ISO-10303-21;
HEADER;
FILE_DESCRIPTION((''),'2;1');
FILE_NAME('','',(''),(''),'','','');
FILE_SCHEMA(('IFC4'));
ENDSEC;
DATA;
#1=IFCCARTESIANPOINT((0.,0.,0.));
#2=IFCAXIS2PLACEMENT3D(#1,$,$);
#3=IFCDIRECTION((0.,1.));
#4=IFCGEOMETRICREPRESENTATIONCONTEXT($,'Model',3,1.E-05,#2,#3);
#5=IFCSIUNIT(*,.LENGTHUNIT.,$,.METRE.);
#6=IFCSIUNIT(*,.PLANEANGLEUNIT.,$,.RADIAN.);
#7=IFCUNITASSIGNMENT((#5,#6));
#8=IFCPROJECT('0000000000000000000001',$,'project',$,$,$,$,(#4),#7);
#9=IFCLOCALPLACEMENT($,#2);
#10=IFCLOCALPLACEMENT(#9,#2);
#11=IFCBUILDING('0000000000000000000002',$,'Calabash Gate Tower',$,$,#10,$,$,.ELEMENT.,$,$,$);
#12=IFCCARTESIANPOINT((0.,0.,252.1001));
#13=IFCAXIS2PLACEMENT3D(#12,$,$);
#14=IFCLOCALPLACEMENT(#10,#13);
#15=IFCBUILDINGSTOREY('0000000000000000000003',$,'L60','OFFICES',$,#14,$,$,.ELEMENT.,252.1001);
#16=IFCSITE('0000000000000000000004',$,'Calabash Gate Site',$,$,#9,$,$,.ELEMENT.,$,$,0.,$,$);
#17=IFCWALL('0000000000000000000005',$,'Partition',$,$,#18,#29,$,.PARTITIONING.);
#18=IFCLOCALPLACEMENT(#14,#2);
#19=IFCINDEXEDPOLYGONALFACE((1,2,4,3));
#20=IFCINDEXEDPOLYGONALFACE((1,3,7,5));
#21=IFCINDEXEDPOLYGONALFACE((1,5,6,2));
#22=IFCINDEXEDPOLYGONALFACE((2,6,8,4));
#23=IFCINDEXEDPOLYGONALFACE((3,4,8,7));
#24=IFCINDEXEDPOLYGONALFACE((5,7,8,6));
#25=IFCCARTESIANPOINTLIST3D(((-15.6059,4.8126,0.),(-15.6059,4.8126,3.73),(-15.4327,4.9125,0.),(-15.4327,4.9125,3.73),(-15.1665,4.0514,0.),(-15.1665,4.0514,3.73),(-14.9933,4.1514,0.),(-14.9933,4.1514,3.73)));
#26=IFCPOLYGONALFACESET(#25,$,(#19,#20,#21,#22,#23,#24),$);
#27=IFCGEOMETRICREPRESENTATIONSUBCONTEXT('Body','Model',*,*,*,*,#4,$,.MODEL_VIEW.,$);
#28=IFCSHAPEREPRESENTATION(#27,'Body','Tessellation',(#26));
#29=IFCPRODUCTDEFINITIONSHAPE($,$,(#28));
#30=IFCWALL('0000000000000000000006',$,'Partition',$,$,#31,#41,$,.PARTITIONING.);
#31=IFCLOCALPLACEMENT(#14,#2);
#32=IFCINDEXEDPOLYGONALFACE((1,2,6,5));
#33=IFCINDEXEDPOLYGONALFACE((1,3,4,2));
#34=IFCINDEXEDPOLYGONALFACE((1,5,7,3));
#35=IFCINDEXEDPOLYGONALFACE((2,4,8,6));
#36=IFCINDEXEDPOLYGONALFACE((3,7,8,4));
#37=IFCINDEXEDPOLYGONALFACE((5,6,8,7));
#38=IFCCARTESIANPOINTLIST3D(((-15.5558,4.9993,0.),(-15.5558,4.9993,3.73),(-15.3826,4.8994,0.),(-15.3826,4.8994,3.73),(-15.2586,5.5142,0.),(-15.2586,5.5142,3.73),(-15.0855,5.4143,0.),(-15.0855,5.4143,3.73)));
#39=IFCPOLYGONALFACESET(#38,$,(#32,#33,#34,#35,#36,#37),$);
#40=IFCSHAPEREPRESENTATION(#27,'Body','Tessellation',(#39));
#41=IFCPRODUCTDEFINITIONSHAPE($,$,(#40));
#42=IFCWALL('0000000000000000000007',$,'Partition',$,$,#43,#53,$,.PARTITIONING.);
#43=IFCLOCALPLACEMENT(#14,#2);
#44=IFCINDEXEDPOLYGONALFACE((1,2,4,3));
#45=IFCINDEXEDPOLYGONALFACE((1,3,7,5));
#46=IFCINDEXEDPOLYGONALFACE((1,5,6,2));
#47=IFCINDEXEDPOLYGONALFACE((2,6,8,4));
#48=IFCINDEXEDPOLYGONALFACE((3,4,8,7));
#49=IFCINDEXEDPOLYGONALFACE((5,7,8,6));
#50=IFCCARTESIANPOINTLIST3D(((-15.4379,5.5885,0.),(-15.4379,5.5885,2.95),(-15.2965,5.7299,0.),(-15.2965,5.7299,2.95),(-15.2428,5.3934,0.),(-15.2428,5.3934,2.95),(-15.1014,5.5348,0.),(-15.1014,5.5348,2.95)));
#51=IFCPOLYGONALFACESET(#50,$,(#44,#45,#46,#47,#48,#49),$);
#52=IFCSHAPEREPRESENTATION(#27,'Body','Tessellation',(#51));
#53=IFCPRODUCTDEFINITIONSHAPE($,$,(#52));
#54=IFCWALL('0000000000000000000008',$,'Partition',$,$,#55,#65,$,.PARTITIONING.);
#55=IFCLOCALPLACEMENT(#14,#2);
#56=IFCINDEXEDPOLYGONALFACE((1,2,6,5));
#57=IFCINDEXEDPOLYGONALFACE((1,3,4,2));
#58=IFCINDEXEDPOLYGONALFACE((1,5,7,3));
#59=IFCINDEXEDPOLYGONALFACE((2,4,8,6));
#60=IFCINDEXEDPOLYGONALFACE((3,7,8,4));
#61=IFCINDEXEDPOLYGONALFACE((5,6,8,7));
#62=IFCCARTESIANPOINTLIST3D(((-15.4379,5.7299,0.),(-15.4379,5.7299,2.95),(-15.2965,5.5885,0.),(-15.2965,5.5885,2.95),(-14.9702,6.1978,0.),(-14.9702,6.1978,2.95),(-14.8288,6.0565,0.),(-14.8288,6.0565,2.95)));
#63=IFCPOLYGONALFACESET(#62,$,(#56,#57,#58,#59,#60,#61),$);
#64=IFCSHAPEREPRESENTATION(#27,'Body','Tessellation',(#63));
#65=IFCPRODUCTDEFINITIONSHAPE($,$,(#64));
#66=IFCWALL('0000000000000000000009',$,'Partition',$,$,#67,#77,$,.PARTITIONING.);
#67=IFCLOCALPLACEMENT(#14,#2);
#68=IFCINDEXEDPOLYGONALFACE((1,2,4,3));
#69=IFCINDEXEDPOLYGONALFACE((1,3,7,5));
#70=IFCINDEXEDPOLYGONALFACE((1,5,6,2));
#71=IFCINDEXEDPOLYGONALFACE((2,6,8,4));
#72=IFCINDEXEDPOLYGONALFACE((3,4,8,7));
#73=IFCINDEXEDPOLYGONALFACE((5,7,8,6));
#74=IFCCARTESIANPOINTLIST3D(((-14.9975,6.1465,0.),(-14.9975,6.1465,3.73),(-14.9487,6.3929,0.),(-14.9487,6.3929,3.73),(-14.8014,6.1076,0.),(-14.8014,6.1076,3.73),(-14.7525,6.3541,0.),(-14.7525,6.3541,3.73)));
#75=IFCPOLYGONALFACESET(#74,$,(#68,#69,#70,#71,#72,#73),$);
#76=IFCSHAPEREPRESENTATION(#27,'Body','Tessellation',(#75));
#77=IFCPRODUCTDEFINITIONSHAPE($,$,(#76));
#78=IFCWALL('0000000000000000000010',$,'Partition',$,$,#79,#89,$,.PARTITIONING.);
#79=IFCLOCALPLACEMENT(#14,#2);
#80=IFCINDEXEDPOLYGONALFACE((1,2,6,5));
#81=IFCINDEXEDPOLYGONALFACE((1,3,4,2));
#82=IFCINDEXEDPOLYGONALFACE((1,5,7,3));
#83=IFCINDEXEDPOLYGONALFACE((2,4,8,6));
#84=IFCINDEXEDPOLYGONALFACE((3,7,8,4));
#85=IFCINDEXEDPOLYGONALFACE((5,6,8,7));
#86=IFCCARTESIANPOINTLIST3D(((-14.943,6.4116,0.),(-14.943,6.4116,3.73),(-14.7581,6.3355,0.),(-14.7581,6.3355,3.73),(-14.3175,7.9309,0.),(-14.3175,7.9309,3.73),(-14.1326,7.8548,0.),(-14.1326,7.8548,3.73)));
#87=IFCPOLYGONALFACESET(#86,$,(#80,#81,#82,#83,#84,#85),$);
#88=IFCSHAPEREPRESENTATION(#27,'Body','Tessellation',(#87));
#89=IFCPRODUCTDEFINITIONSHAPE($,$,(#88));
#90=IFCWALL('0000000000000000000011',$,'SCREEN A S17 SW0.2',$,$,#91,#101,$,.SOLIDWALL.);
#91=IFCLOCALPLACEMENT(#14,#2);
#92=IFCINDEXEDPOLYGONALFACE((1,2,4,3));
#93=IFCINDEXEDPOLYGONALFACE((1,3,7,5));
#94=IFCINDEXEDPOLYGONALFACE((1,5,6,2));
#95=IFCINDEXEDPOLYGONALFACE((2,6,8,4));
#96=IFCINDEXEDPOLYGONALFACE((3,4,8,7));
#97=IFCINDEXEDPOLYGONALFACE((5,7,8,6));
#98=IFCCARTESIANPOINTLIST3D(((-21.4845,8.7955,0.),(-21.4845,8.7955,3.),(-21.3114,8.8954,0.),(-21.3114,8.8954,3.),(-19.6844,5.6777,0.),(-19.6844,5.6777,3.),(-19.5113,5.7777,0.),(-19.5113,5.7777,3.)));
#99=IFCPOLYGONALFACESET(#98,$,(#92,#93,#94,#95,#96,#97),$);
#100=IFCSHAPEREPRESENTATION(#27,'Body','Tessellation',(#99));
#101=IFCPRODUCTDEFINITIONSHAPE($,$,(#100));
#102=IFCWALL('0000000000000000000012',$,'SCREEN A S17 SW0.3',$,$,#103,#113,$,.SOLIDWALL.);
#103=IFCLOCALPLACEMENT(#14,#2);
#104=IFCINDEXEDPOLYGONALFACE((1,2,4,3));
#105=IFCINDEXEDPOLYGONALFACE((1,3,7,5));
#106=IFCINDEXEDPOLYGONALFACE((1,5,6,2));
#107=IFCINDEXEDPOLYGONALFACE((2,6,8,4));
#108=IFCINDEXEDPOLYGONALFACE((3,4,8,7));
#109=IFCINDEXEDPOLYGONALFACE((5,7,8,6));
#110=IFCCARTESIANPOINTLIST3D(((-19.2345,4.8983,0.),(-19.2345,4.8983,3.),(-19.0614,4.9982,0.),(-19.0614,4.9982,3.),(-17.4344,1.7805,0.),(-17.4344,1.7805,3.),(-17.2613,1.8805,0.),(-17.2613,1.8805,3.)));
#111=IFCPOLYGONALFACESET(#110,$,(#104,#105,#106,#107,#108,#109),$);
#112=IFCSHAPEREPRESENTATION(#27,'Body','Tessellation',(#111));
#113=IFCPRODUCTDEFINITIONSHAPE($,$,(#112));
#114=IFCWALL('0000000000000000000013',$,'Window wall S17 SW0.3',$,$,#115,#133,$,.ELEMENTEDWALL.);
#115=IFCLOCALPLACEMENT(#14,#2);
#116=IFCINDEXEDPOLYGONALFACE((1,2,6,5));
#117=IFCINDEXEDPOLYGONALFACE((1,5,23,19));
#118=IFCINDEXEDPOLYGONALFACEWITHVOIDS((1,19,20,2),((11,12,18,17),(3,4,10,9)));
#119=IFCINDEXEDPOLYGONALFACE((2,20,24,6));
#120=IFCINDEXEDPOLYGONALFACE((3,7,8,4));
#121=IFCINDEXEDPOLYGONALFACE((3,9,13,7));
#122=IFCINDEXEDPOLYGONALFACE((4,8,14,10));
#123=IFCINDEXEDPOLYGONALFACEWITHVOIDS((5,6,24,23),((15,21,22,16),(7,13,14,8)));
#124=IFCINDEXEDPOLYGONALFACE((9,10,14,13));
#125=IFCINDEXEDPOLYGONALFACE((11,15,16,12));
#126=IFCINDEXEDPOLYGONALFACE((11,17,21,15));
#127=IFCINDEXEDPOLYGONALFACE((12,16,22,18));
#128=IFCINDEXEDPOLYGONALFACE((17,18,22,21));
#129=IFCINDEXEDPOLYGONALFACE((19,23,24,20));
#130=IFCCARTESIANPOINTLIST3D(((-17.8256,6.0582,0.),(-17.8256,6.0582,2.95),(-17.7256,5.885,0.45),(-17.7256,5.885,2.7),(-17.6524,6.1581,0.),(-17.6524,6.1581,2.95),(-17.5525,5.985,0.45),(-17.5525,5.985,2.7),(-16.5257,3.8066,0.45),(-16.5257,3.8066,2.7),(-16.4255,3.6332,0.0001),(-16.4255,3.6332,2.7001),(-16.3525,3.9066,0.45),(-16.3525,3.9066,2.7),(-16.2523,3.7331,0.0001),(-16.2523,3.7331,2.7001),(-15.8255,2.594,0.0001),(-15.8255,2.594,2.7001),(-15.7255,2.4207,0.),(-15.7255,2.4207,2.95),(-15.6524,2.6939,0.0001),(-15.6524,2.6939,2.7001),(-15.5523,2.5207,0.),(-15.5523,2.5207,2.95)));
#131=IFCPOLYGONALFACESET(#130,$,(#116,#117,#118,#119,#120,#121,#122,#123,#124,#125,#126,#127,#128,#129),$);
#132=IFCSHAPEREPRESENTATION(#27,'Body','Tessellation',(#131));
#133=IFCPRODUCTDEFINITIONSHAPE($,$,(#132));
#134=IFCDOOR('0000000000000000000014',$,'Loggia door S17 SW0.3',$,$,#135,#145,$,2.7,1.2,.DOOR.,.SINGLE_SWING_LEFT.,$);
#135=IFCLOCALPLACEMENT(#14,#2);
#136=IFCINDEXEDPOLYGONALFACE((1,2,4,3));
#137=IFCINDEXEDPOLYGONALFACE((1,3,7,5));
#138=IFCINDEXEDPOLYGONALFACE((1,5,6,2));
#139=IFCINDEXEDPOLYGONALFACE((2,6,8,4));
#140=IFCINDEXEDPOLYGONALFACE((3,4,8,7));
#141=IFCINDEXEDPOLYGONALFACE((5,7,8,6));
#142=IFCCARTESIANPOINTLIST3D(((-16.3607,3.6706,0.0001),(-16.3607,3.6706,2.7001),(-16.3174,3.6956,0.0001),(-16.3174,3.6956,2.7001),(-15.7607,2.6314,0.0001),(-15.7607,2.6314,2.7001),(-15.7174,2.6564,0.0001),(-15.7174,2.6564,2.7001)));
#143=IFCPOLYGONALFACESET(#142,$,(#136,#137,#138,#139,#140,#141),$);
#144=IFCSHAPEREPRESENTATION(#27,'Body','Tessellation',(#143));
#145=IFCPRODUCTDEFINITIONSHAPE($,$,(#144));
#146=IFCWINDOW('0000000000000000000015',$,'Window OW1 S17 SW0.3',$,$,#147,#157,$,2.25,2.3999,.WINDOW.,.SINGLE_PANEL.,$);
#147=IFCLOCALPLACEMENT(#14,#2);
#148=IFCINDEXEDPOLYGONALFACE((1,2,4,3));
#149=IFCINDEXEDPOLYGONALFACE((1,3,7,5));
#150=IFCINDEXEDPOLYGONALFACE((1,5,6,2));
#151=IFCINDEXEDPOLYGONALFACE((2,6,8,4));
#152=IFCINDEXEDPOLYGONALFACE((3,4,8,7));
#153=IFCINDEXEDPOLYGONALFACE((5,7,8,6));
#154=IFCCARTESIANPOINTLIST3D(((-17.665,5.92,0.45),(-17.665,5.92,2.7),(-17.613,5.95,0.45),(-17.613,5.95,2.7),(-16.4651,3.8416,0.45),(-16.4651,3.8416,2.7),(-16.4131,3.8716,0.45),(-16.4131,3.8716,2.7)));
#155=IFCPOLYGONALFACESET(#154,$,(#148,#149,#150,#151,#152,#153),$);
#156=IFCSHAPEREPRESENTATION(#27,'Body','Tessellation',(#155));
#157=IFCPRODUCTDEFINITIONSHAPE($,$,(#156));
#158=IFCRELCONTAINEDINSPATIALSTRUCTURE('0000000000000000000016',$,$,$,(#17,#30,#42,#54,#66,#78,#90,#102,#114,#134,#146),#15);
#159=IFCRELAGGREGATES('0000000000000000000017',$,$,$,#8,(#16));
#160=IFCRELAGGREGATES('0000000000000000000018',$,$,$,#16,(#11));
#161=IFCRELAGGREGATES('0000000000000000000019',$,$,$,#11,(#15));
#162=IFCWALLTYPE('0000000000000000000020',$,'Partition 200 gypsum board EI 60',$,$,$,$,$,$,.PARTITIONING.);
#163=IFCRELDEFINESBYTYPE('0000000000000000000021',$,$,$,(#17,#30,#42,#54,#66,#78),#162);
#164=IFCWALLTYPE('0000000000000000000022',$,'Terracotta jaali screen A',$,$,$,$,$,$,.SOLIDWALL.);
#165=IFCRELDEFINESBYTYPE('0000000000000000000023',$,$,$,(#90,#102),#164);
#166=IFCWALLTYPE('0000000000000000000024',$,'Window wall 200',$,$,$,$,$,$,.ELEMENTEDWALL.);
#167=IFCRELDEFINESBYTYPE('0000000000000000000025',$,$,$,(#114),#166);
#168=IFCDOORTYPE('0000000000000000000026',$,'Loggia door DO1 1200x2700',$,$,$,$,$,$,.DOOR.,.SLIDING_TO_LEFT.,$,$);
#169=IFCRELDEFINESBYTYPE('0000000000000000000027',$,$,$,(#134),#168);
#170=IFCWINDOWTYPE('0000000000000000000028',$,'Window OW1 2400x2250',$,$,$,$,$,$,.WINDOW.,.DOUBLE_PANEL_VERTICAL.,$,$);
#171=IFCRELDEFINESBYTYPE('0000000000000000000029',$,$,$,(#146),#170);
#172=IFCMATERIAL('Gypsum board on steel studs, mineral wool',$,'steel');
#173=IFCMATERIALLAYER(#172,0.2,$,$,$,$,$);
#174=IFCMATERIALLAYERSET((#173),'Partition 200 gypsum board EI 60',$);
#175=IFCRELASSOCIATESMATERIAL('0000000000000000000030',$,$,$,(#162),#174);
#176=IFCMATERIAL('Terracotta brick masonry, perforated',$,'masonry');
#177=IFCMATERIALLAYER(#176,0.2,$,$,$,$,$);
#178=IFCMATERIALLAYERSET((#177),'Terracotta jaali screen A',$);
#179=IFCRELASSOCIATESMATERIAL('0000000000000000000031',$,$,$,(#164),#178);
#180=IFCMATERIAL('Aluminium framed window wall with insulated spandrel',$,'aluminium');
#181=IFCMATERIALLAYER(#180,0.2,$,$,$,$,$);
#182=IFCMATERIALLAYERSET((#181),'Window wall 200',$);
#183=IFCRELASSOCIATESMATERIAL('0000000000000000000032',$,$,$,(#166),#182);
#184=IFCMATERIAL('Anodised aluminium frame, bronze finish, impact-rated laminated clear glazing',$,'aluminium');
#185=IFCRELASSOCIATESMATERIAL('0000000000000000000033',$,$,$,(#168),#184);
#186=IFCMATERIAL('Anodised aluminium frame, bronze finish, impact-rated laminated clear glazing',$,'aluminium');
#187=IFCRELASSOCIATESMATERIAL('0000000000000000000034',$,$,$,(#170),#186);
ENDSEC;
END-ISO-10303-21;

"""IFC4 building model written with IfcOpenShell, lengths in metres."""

from ifc_helpers import new_model, si_unit, direction, frame, frame_2d, origin, place, context, subcontext, project, spatial, rectangle, extrude, material, layer, layer_set, type_object, element, fill, save


model = new_model("IFC4")

# Units and contexts
model_context = context("Model", 3, precision=1e-05, world=origin(), true_north=direction((0.0, 1.0)))
body_context = subcontext(model_context, "Body", "Model", "MODEL_VIEW")
ifc_project = project(units=[si_unit("LENGTHUNIT", "METRE"), si_unit("PLANEANGLEUNIT", "RADIAN")], contexts=[model_context])

# Site, building, storey
site_placement = place(None, origin())
site = spatial("IfcSite", under=ifc_project, at=site_placement, Name="Calabash Gate Site", CompositionType="ELEMENT", RefElevation=0.0)
building_placement = place(site_placement, origin())
building = spatial("IfcBuilding", under=site, at=building_placement, Name="Calabash Gate Tower", CompositionType="ELEMENT")
storey_placement = place(building_placement, frame((0.0, 0.0, 252.1001)))
storey = spatial("IfcBuildingStorey", under=building, at=storey_placement, Name="L60", Description="OFFICES", CompositionType="ELEMENT", Elevation=252.1001)

# Walls
ifc_material_1 = material(Name="Gypsum board on steel studs, mineral wool", Category="steel")
ifc_layer_1 = layer(ifc_material_1, 0.2)
ifc_layer_set_1 = layer_set([ifc_layer_1], Name="Partition 200 gypsum board EI 60")
wall_type_1 = type_object("IfcWallType", Name="Partition 200 gypsum board EI 60", PredefinedType="PARTITIONING", material=ifc_layer_set_1)
wall_1_placement = place(storey_placement, frame((-15.5193, 4.8625, 0.0), z_axis=(0.0, 0.0, 1.0), x_axis=(0.499963, -0.866047, 0.0)))
element("IfcWall", 1, at=wall_1_placement, inside=storey, type_object=wall_type_1, Name="Partition", PredefinedType="PARTITIONING", context=body_context, shape_type="SweptSolid", body=[
    extrude(rectangle(XDim=0.8789, YDim=0.2, at=frame_2d((0.4395, 0.0))), origin(), (0.0, 0.0, 1.0), 3.73),
])
wall_2_placement = place(storey_placement, frame((-15.4692, 4.9492, 0.0), z_axis=(0.0, 0.0, 1.0), x_axis=(0.499805, 0.866138, 0.0)))
element("IfcWall", 2, at=wall_2_placement, inside=storey, type_object=wall_type_1, Name="Partition", PredefinedType="PARTITIONING", context=body_context, shape_type="SweptSolid", body=[
    extrude(rectangle(XDim=0.5945, YDim=0.2, at=frame_2d((0.2974, 0.0))), origin(), (0.0, 0.0, 1.0), 3.73),
])
wall_3_placement = place(storey_placement, frame((-15.3672, 5.6592, 0.0), z_axis=(0.0, 0.0, 1.0), x_axis=(0.707107, -0.707107, 0.0)))
element("IfcWall", 3, at=wall_3_placement, inside=storey, type_object=wall_type_1, Name="Partition", PredefinedType="PARTITIONING", context=body_context, shape_type="SweptSolid", body=[
    extrude(rectangle(XDim=0.2759, YDim=0.2, at=frame_2d((0.1379, 0.0))), origin(), (0.0, 0.0, 1.0), 2.95),
])
wall_4_placement = place(storey_placement, frame((-15.3672, 5.6592, 0.0), z_axis=(0.0, 0.0, 1.0), x_axis=(0.706922, 0.707291, 0.0)))
element("IfcWall", 4, at=wall_4_placement, inside=storey, type_object=wall_type_1, Name="Partition", PredefinedType="PARTITIONING", context=body_context, shape_type="SweptSolid", body=[
    extrude(rectangle(XDim=0.6616, YDim=0.2, at=frame_2d((0.3308, 0.0))), origin(), (0.0, 0.0, 1.0), 2.95),
])
wall_5_placement = place(storey_placement, frame((-14.8994, 6.1272, 0.0), z_axis=(0.0, 0.0, 1.0), x_axis=(0.194433, 0.980916, 0.0)))
element("IfcWall", 5, at=wall_5_placement, inside=storey, type_object=wall_type_1, Name="Partition", PredefinedType="PARTITIONING", context=body_context, shape_type="SweptSolid", body=[
    extrude(rectangle(XDim=0.2512, YDim=0.2, at=frame_2d((0.1255, 0.0))), origin(), (0.0, 0.0, 1.0), 3.73),
])
wall_6_placement = place(storey_placement, frame((-14.8506, 6.3735, 0.0), z_axis=(0.0, 0.0, 1.0), x_axis=(0.380697, 0.9247, 0.0)))
element("IfcWall", 6, at=wall_6_placement, inside=storey, type_object=wall_type_1, Name="Partition", PredefinedType="PARTITIONING", context=body_context, shape_type="SweptSolid", body=[
    extrude(rectangle(XDim=1.6431, YDim=0.2, at=frame_2d((0.8215, 0.0))), origin(), (0.0, 0.0, 1.0), 3.73),
])
ifc_material_2 = material(Name="Terracotta brick masonry, perforated", Category="masonry")
ifc_layer_2 = layer(ifc_material_2, 0.2)
ifc_layer_set_2 = layer_set([ifc_layer_2], Name="Terracotta jaali screen A")
wall_type_2 = type_object("IfcWallType", Name="Terracotta jaali screen A", PredefinedType="SOLIDWALL", material=ifc_layer_set_2)
for number, where, z_axis, x_axis, name in (
    (7, (-21.3979, 8.8455, 0.0), (0.0, 0.0, 1.0), (0.500012, -0.866018, 0.0), "SCREEN A S17 SW0.2"),
    (8, (-19.1479, 4.9482, 0.0), (0.0, 0.0, 1.0), (0.500012, -0.866018, 0.0), "SCREEN A S17 SW0.3"),
):
    element("IfcWall", number, at=place(storey_placement, frame(where, z_axis=z_axis, x_axis=x_axis)), inside=storey, type_object=wall_type_2, Name=name, PredefinedType="SOLIDWALL", context=body_context, shape_type="SweptSolid", body=[
        extrude(rectangle(XDim=3.6001, YDim=0.2, at=frame_2d((1.8, 0.0))), origin(), (0.0, 0.0, 1.0), 3.0),
    ])

# Wall, openings, door, window
ifc_material_3 = material(Name="Aluminium framed window wall with insulated spandrel", Category="aluminium")
ifc_layer_3 = layer(ifc_material_3, 0.2)
ifc_layer_set_3 = layer_set([ifc_layer_3], Name="Window wall 200")
wall_type_3 = type_object("IfcWallType", Name="Window wall 200", PredefinedType="ELEMENTEDWALL", material=ifc_layer_set_3)
wall_7_placement = place(storey_placement, frame((-17.739, 6.1082, 0.0), z_axis=(0.0, 0.0, 1.0), x_axis=(0.500003, -0.866024, 0.0)))
wall_7 = element("IfcWall", 9, at=wall_7_placement, inside=storey, type_object=wall_type_3, Name="Window wall S17 SW0.3", PredefinedType="ELEMENTEDWALL", context=body_context, shape_type="SweptSolid", body=[
    extrude(rectangle(XDim=4.2002, YDim=0.2, at=frame_2d((2.1001, 0.0))), origin(), (0.0, 0.0, 1.0), 2.95),
])
opening_1_placement = place(wall_7_placement, frame((0.2, 0.0, 0.45)))
opening_1 = element("IfcOpeningElement", 10, at=opening_1_placement, cuts=wall_7, PredefinedType="OPENING", context=body_context, shape_type="SweptSolid", body=[
    extrude(rectangle(XDim=2.3999, YDim=2.25, at=frame_2d((1.2, 1.125))), frame((0.0, 0.1099, 0.0), z_axis=(0.0, -1.0, 0.0), x_axis=(1.0, 0.0, 0.0)), (0.0, 0.0, 1.0), 0.22),
])
opening_2_placement = place(wall_7_placement, frame((2.8, 0.0, 0.0)))
opening_2 = element("IfcOpeningElement", 11, at=opening_2_placement, cuts=wall_7, PredefinedType="OPENING", context=body_context, shape_type="SweptSolid", body=[
    extrude(rectangle(XDim=1.2, YDim=2.7, at=frame_2d((0.6001, 1.3501))), frame((0.0, 0.1099, 0.0), z_axis=(0.0, -1.0, 0.0), x_axis=(1.0, 0.0, 0.0)), (0.0, 0.0, 1.0), 0.22),
])
ifc_material_4 = material(Name="Anodised aluminium frame, bronze finish, impact-rated laminated clear glazing", Category="aluminium")
door_type = type_object("IfcDoorType", Name="Loggia door DO1 1200x2700", OperationType="SLIDING_TO_LEFT", PredefinedType="DOOR", material=ifc_material_4)
door_placement = place(opening_2_placement, origin())
door = element("IfcDoor", 12, at=door_placement, inside=storey, type_object=door_type, Name="Loggia door S17 SW0.3", OperationType="SINGLE_SWING_LEFT", OverallHeight=2.7, OverallWidth=1.2, PredefinedType="DOOR", context=body_context, shape_type="SweptSolid", body=[
    extrude(rectangle(XDim=1.2, YDim=2.7, at=frame_2d((0.6001, 1.3501))), frame((0.0, 0.0249, 0.0), z_axis=(0.0, -1.0, 0.0), x_axis=(1.0, 0.0, 0.0)), (0.0, 0.0, 1.0), 0.05),
])
fill(opening_2, door)
ifc_material_5 = material(Name="Anodised aluminium frame, bronze finish, impact-rated laminated clear glazing", Category="aluminium")
window_type = type_object("IfcWindowType", Name="Window OW1 2400x2250", PartitioningType="DOUBLE_PANEL_VERTICAL", PredefinedType="WINDOW", material=ifc_material_5)
window_placement = place(opening_1_placement, origin())
window = element("IfcWindow", 13, at=window_placement, inside=storey, type_object=window_type, Name="Window OW1 S17 SW0.3", OverallHeight=2.25, OverallWidth=2.3999, PartitioningType="SINGLE_PANEL", PredefinedType="WINDOW", context=body_context, shape_type="SweptSolid", body=[
    extrude(rectangle(XDim=2.3999, YDim=2.25, at=frame_2d((1.2, 1.125))), frame((0.0, 0.03, 0.0), z_axis=(0.0, -1.0, 0.0), x_axis=(1.0, 0.0, 0.0)), (0.0, 0.0, 1.0), 0.0601),
])
fill(opening_1, window)

save(model, "model.ifc")
